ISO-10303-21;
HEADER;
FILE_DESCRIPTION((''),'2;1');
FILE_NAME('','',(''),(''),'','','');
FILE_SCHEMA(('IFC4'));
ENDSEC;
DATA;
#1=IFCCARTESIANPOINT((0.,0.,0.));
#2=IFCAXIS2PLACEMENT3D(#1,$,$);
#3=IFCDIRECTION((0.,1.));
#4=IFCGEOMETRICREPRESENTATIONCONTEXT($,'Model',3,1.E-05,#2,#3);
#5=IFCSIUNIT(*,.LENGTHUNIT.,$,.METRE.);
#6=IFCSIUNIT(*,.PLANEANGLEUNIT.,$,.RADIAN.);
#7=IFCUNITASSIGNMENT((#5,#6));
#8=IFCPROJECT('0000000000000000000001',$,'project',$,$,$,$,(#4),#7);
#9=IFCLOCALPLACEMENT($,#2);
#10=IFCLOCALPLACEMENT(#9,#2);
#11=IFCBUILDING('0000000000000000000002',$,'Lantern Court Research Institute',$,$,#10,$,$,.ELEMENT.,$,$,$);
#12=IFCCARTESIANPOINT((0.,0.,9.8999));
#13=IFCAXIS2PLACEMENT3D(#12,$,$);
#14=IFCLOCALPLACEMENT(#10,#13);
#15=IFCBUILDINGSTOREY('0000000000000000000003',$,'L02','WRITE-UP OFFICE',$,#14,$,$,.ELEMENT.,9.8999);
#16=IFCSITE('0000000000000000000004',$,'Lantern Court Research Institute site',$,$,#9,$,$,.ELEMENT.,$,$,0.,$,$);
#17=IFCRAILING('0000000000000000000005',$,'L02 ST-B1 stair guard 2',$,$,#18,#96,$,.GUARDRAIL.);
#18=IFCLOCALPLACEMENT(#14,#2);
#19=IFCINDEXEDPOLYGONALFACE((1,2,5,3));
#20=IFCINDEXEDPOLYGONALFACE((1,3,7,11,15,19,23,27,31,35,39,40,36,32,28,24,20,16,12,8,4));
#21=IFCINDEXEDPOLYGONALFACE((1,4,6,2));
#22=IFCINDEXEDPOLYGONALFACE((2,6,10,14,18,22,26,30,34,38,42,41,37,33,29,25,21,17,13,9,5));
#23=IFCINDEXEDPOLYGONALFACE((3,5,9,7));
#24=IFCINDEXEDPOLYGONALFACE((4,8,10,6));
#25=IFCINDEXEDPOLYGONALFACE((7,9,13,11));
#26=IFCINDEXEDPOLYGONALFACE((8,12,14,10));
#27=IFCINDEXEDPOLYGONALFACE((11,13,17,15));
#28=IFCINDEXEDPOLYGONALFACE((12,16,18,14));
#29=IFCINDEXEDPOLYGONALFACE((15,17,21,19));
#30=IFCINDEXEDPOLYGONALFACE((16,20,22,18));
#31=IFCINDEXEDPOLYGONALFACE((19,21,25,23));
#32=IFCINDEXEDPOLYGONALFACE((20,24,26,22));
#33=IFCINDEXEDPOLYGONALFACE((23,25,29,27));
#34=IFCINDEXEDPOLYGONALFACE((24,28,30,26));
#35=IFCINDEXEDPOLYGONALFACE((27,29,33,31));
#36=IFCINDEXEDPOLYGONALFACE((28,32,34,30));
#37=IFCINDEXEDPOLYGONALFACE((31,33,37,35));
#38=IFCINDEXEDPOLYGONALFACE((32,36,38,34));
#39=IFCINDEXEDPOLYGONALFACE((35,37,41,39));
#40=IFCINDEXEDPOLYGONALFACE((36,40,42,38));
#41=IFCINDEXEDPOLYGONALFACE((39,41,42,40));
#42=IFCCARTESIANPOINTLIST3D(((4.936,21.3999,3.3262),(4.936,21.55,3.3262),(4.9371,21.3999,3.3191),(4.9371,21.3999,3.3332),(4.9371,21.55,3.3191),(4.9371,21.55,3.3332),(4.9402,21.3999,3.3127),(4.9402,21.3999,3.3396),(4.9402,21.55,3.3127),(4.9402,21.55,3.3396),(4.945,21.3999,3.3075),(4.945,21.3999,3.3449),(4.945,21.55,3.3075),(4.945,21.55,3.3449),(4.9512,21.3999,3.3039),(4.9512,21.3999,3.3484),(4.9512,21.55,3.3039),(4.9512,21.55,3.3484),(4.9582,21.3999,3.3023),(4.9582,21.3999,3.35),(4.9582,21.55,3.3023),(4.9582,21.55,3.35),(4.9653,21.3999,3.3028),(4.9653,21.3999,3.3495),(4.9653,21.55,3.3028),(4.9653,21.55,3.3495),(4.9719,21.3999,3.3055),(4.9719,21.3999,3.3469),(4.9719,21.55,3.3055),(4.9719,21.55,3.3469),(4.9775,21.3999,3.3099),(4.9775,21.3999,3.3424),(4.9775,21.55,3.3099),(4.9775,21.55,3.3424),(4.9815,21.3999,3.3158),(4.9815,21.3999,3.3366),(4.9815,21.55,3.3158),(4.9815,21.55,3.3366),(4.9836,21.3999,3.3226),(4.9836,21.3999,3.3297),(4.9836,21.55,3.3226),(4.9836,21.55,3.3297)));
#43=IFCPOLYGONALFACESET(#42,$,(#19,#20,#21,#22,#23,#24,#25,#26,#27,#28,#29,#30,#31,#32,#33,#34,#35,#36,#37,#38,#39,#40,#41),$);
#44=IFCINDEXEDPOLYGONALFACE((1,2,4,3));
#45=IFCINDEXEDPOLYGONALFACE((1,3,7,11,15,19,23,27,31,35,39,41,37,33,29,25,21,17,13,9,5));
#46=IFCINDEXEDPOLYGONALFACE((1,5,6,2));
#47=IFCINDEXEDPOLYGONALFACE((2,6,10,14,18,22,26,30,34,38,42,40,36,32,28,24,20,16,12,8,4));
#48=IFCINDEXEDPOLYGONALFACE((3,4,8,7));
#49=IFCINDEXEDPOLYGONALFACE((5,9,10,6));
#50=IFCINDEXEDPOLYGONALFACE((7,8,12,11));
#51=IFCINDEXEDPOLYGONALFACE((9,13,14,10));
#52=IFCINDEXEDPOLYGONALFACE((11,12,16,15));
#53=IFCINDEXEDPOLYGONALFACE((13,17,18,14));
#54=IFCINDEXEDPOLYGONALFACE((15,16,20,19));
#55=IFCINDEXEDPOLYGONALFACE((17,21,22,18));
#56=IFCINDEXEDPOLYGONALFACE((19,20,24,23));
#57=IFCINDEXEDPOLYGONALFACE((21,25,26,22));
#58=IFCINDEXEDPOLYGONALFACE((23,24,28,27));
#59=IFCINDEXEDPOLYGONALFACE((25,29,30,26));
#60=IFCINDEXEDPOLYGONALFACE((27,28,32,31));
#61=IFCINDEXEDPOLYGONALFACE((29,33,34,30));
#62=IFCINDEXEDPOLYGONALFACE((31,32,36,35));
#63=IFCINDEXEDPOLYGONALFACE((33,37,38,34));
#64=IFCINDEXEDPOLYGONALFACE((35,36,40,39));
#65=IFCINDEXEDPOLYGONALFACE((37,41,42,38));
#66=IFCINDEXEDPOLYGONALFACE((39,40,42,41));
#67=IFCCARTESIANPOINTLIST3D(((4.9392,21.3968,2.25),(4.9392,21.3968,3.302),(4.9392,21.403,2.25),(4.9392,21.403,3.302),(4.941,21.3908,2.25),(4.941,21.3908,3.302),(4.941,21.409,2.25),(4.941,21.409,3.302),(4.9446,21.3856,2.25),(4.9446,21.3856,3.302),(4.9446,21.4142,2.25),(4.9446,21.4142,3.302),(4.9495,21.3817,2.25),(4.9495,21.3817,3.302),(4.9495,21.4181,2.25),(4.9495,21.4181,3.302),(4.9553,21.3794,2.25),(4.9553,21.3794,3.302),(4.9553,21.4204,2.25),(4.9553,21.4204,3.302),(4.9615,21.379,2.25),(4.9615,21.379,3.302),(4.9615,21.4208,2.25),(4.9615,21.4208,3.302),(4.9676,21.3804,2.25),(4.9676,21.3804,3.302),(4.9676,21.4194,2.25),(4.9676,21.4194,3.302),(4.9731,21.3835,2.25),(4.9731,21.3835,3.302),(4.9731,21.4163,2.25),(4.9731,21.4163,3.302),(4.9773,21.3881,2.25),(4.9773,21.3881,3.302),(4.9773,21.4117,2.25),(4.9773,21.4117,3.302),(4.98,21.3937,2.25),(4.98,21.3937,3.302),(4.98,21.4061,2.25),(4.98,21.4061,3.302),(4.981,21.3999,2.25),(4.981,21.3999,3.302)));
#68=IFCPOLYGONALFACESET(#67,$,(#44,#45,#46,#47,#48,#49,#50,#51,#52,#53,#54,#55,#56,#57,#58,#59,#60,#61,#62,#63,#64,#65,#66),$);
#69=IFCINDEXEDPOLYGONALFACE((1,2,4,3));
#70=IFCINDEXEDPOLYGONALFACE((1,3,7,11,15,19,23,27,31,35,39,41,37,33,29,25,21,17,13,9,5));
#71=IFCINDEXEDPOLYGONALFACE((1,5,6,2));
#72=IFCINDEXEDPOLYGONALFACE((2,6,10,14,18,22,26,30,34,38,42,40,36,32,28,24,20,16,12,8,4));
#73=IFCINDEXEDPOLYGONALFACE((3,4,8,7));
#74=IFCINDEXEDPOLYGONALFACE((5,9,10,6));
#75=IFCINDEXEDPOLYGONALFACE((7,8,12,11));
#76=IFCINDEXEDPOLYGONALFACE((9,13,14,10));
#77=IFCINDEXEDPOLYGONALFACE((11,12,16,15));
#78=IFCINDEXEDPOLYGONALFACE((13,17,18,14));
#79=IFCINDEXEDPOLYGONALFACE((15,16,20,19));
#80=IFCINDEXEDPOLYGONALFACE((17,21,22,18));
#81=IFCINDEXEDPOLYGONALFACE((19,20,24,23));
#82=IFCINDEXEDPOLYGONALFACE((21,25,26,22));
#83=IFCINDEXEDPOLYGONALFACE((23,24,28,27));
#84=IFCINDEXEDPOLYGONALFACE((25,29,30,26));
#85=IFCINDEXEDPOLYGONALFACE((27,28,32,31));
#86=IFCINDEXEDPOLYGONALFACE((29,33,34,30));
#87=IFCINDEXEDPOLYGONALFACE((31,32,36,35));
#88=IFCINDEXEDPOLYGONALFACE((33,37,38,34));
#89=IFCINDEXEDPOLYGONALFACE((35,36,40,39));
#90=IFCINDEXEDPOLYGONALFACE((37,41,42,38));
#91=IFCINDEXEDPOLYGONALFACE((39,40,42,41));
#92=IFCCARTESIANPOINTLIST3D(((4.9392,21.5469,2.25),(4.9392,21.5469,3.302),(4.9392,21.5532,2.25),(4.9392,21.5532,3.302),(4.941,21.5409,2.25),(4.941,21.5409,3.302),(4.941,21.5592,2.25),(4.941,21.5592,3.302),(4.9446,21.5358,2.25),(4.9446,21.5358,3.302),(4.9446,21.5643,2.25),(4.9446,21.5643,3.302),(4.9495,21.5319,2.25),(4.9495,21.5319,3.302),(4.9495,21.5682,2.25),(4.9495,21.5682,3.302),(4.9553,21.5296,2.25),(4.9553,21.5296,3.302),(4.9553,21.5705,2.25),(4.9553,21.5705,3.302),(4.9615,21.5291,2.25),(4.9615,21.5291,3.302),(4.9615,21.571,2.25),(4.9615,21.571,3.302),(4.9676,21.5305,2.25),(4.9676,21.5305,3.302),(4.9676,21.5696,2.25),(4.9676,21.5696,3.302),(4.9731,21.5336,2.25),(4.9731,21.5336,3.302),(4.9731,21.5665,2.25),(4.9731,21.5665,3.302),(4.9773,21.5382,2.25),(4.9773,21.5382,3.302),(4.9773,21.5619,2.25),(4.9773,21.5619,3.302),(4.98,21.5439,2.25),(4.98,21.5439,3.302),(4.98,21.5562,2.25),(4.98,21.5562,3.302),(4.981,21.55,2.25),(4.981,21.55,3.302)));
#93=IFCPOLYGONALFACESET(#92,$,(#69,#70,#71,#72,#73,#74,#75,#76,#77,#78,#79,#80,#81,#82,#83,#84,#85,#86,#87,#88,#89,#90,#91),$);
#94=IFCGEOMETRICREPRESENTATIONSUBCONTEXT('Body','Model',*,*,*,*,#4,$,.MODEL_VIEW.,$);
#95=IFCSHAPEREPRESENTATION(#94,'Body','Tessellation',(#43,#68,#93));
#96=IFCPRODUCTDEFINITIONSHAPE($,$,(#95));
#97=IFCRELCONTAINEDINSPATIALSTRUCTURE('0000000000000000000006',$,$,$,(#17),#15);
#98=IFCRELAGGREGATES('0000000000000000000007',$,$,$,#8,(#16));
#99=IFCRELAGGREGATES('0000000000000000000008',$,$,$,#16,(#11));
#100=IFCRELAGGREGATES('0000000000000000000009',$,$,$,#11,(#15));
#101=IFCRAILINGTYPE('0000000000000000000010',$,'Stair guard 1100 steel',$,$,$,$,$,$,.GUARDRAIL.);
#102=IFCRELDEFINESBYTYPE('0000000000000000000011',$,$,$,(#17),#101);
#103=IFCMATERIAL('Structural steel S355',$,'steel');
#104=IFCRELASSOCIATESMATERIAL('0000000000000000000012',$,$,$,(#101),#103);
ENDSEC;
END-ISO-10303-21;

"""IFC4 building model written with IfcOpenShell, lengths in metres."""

from ifc_helpers import new_model, si_unit, direction, frame, origin, origin_2d, place, context, subcontext, project, spatial, circle, extrude, material, type_object, element, save


model = new_model("IFC4")

# Units and contexts
model_context = context("Model", 3, precision=1e-05, world=origin(), true_north=direction((0.0, 1.0)))
body_context = subcontext(model_context, "Body", "Model", "MODEL_VIEW")
ifc_project = project(units=[si_unit("LENGTHUNIT", "METRE"), si_unit("PLANEANGLEUNIT", "RADIAN")], contexts=[model_context])

# Site, building, storey
site_placement = place(None, origin())
site = spatial("IfcSite", under=ifc_project, at=site_placement, Name="Lantern Court Research Institute site", CompositionType="ELEMENT", RefElevation=0.0)
building_placement = place(site_placement, origin())
building = spatial("IfcBuilding", under=site, at=building_placement, Name="Lantern Court Research Institute", CompositionType="ELEMENT")
storey_placement = place(building_placement, frame((0.0, 0.0, 9.8999)))
storey = spatial("IfcBuildingStorey", under=building, at=storey_placement, Name="L02", Description="WRITE-UP OFFICE", CompositionType="ELEMENT", Elevation=9.8999)

# Railing
ifc_material_1 = material(Name="Structural steel S355", Category="steel")
railing_type_1 = type_object("IfcRailingType", Name="Stair guard 1100 steel", PredefinedType="GUARDRAIL", material=ifc_material_1)
railing_1_placement = place(storey_placement, frame((4.96, 21.3999, 2.25)))
element("IfcRailing", 1, at=railing_1_placement, inside=storey, type_object=railing_type_1, Name="L02 ST-B1 stair guard 2", PredefinedType="GUARDRAIL", context=body_context, shape_type="SweptSolid", body=[
    extrude(circle(Radius=0.0239, at=origin_2d()), frame((0.0, 0.0, 1.0762), z_axis=(0.0, 1.0, 0.0), x_axis=(-1.0, 0.0, 0.0)), (0.0, 0.0, 1.0), 0.1501),
    extrude(circle(Radius=0.021, at=origin_2d()), origin(), (0.0, 0.0, 1.0), 1.052),
    extrude(circle(Radius=0.021, at=origin_2d()), frame((0.0, 0.1501, 0.0)), (0.0, 0.0, 1.0), 1.052),
])

save(model, "model.ifc")
